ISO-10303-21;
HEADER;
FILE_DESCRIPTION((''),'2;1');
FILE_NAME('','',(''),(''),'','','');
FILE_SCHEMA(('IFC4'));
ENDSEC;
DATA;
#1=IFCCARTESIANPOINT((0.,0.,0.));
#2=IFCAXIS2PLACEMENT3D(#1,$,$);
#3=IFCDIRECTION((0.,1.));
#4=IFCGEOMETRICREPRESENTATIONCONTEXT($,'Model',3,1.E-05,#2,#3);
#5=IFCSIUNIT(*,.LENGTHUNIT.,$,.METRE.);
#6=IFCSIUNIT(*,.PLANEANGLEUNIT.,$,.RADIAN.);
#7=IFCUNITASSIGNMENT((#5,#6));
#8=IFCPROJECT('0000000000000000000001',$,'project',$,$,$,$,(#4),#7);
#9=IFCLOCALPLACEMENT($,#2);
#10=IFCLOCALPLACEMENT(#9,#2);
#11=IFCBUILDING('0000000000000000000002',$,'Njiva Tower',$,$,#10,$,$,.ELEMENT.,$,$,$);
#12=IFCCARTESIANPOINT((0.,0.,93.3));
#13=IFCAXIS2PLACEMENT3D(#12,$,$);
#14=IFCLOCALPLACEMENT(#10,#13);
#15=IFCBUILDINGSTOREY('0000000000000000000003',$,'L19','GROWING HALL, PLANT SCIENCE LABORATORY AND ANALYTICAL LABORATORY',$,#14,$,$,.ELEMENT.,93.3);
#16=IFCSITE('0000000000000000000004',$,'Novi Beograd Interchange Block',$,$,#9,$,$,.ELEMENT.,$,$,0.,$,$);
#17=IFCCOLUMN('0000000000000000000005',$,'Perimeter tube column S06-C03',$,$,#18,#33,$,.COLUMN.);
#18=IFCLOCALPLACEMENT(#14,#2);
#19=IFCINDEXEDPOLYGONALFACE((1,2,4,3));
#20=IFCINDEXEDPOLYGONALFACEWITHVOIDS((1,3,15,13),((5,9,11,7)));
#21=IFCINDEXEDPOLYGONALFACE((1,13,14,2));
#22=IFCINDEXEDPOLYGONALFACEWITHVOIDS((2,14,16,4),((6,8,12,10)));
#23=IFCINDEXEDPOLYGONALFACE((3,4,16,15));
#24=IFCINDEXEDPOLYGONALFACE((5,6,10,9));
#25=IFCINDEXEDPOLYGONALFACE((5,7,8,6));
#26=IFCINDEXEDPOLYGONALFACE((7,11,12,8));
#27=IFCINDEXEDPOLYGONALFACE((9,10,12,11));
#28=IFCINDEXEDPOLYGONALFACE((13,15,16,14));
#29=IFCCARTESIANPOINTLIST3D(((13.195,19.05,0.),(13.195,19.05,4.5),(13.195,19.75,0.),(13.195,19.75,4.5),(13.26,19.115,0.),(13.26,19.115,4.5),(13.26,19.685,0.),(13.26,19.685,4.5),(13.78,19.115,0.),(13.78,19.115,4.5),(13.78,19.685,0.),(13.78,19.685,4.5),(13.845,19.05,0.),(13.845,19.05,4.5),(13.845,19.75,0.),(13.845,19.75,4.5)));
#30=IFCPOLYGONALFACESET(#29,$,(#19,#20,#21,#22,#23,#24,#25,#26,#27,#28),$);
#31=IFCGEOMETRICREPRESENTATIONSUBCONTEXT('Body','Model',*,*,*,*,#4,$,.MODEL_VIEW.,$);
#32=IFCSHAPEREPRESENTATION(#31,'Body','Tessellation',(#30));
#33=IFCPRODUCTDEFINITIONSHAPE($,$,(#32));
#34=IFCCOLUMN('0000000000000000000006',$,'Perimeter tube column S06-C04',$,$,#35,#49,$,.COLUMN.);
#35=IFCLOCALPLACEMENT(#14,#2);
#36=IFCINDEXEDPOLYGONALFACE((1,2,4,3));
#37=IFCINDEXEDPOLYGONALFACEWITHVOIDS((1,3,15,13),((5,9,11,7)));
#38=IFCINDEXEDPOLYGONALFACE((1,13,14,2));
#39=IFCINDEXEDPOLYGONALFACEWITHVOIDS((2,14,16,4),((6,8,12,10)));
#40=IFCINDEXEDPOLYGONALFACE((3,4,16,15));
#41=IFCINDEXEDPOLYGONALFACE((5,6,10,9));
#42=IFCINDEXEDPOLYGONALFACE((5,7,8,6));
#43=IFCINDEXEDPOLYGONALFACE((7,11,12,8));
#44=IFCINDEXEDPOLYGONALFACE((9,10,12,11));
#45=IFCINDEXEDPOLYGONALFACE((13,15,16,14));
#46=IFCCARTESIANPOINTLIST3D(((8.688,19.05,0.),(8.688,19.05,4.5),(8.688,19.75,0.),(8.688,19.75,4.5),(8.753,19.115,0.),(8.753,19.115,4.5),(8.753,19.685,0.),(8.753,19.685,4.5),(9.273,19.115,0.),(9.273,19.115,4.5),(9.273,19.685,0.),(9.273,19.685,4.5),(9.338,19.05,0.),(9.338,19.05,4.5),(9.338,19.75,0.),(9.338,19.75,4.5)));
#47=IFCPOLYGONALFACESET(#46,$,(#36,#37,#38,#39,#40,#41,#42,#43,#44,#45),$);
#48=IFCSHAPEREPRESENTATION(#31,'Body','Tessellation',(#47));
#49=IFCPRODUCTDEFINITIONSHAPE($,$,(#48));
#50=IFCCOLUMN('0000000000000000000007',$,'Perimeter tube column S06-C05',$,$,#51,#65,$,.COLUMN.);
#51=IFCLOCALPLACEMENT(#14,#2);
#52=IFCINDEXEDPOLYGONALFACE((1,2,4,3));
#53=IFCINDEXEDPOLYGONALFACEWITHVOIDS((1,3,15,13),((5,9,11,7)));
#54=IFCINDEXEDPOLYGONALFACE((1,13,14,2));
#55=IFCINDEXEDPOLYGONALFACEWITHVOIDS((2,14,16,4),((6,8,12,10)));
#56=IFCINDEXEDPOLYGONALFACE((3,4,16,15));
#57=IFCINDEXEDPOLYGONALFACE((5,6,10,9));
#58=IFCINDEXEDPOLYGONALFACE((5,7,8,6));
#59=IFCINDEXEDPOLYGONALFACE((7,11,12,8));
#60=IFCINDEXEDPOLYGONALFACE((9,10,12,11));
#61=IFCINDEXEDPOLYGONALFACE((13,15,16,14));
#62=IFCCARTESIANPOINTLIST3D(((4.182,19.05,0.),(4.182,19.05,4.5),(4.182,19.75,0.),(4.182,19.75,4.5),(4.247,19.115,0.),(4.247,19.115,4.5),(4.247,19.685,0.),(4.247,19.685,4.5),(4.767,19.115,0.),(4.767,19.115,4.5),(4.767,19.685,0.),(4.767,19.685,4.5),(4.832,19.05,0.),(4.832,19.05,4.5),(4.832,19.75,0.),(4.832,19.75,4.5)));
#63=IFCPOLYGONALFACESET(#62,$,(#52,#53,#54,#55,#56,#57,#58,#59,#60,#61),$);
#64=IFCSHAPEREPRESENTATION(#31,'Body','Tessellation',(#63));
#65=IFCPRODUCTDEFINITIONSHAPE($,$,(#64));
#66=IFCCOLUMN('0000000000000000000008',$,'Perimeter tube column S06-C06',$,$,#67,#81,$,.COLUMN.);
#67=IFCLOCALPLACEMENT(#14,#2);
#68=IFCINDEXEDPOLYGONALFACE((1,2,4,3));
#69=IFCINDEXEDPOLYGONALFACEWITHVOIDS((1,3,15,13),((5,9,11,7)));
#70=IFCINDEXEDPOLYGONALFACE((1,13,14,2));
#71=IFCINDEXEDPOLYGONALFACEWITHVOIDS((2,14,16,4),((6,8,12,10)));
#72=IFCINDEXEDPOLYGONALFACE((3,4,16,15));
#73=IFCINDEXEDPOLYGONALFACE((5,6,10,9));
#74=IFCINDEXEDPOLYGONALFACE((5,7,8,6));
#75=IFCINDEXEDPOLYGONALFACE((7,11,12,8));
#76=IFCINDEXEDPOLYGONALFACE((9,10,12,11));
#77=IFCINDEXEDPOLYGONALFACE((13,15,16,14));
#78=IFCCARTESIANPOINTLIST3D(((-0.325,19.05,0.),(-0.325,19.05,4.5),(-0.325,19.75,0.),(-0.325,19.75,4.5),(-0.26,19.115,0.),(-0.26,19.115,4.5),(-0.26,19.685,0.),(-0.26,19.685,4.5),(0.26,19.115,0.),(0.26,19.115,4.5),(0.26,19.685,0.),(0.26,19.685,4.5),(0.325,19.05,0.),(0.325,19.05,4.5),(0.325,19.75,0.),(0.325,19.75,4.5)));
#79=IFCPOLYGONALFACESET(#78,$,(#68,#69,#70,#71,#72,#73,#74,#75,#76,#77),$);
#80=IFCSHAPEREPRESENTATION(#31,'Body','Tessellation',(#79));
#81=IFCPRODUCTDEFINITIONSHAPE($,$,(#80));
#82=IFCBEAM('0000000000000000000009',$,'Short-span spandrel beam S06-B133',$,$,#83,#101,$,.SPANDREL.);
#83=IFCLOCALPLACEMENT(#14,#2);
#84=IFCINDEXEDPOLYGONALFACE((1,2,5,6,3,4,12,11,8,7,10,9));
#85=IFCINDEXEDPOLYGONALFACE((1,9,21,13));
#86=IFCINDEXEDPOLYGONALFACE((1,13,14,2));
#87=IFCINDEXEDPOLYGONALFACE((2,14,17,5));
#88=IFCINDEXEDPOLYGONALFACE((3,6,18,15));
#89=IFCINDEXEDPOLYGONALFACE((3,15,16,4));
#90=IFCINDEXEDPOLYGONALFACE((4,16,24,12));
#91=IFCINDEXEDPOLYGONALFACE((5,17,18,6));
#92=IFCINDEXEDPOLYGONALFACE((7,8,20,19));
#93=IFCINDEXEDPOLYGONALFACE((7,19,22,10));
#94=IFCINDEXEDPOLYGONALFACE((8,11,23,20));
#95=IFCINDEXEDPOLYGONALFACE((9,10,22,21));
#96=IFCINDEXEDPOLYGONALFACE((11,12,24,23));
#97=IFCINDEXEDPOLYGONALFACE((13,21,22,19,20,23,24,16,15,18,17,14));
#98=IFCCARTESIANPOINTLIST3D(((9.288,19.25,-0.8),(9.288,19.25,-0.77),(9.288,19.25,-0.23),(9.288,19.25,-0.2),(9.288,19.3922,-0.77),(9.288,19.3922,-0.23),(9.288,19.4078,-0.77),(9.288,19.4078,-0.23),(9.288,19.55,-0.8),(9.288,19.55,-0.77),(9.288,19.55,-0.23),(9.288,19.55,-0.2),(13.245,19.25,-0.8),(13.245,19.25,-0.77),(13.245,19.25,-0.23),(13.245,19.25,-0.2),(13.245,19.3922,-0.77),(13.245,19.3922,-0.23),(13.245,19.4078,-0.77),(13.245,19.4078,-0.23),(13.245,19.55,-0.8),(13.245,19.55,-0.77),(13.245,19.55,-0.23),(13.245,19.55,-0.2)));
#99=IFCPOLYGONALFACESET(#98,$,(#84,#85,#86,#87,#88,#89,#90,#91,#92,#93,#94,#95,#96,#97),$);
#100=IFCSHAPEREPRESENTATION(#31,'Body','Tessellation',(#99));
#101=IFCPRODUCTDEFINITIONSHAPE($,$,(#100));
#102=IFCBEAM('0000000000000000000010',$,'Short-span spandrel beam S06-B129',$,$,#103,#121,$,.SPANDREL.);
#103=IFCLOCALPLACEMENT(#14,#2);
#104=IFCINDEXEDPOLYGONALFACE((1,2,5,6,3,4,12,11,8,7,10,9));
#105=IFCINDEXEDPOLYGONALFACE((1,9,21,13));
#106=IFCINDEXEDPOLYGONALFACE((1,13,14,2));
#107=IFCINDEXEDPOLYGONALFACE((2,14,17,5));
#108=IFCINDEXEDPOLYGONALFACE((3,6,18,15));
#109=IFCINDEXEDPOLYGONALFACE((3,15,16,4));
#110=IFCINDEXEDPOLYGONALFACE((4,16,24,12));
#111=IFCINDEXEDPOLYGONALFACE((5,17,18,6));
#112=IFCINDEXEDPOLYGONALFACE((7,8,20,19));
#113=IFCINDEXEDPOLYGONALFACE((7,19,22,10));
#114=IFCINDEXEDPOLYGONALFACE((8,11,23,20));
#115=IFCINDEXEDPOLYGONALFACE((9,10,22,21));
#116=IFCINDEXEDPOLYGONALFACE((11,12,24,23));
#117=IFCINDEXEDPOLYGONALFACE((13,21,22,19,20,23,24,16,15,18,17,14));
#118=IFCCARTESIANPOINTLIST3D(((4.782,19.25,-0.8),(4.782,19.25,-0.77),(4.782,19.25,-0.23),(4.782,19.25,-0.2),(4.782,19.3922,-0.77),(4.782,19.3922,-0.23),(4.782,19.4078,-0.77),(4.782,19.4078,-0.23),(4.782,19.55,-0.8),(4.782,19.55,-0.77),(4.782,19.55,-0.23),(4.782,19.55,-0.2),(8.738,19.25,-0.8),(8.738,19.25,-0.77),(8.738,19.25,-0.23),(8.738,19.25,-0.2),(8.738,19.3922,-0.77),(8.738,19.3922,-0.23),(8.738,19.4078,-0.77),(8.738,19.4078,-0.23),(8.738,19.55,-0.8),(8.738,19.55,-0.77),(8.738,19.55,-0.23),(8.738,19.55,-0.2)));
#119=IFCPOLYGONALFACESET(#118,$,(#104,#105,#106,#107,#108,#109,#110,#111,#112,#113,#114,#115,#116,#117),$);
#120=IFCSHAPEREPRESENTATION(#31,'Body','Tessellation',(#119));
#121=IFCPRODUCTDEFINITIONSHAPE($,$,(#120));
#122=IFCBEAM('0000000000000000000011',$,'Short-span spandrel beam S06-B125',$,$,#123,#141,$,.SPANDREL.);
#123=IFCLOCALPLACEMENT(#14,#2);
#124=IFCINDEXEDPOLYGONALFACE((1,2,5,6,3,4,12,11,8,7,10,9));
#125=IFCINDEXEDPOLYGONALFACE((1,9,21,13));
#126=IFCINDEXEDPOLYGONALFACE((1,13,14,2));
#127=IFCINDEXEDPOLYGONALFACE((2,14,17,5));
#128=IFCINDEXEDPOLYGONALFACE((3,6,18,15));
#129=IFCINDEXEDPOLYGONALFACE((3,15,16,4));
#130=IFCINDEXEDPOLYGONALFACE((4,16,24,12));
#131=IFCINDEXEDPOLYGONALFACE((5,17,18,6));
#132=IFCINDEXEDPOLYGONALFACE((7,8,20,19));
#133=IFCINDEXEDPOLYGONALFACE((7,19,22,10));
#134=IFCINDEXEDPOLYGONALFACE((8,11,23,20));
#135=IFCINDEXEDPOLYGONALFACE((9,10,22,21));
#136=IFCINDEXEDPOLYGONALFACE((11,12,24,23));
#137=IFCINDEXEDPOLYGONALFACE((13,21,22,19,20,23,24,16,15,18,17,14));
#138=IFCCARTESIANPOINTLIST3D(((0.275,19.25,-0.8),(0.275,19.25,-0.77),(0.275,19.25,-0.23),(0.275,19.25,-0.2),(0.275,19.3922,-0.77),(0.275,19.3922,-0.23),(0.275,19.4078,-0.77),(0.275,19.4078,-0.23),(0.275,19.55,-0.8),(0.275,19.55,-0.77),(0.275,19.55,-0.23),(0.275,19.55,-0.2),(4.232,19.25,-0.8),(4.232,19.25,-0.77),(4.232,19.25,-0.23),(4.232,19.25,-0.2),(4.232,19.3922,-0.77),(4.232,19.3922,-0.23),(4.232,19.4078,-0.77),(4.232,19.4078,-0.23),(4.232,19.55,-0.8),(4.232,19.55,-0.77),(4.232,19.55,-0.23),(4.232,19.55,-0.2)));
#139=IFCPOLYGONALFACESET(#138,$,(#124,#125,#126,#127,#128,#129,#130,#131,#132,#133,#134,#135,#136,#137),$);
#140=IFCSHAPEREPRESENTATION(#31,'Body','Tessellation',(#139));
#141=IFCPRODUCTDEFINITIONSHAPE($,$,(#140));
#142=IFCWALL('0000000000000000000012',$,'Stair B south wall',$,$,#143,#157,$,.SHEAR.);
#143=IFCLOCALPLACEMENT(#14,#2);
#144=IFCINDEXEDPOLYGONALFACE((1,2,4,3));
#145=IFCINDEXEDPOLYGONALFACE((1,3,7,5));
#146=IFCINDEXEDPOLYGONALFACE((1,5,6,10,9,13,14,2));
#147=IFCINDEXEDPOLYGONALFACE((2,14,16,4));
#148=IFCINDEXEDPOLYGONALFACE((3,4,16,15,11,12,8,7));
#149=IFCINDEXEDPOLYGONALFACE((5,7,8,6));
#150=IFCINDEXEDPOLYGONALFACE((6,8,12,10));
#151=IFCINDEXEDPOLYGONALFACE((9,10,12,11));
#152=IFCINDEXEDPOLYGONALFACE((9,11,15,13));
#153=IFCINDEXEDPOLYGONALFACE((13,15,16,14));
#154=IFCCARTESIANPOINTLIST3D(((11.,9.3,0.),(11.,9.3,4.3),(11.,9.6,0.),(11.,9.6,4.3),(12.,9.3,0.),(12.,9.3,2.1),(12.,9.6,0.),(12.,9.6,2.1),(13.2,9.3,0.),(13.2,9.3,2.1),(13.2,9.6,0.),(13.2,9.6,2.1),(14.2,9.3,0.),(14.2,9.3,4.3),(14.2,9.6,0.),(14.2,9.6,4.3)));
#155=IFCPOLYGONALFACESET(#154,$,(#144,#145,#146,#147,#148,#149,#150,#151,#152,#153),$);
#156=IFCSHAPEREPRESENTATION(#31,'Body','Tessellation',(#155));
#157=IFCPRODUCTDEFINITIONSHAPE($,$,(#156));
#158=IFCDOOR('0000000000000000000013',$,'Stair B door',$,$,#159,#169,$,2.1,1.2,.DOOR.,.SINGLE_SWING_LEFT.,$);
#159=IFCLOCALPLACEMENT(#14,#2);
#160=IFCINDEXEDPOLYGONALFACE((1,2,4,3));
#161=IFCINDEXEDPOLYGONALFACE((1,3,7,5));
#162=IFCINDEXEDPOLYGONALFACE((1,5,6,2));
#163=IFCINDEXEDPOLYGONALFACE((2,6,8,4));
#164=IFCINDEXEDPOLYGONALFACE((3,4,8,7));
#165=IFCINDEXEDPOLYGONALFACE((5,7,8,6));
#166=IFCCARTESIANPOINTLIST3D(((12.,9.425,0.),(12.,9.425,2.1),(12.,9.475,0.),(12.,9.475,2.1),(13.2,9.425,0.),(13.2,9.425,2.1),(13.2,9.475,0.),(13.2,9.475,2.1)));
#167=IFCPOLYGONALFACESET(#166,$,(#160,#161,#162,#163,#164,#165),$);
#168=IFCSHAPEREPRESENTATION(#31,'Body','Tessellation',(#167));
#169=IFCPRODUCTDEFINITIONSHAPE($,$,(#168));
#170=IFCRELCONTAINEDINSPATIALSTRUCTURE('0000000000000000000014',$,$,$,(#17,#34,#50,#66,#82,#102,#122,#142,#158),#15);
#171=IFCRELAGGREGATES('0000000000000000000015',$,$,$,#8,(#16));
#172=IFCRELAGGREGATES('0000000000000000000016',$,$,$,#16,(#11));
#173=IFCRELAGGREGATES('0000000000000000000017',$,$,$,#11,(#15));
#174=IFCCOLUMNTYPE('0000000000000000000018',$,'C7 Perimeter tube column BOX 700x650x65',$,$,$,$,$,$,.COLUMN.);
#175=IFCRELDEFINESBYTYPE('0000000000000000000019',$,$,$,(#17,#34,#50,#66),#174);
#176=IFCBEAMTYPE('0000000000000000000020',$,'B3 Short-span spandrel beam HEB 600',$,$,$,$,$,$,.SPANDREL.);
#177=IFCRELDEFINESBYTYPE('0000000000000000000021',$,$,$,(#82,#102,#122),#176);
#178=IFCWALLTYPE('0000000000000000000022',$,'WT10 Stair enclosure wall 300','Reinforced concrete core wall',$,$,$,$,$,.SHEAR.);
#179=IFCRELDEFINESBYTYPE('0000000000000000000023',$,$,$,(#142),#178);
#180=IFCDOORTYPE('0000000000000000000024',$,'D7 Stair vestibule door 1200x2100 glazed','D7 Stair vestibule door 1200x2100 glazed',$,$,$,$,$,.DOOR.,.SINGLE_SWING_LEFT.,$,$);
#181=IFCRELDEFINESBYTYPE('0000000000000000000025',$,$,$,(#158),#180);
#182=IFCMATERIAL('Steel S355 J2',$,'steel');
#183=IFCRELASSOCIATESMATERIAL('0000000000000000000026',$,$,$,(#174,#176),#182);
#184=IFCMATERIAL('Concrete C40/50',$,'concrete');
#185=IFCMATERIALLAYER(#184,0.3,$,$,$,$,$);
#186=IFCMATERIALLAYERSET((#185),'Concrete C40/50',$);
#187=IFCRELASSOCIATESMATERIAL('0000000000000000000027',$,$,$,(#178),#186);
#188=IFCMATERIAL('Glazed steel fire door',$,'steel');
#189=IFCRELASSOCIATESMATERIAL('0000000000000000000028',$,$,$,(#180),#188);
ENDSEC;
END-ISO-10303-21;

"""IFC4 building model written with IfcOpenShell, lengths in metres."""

from ifc_helpers import new_model, si_unit, direction, frame, frame_2d, origin, origin_2d, place, context, subcontext, project, spatial, rectangle, hollow_rectangle, i_section, extrude, material, layer, layer_set, material_profile, profile_set, type_object, element, fill, save


model = new_model("IFC4")

# Units and contexts
model_context = context("Model", 3, precision=1e-05, world=origin(), true_north=direction((0.0, 1.0)))
body_context = subcontext(model_context, "Body", "Model", "MODEL_VIEW")
ifc_project = project(units=[si_unit("LENGTHUNIT", "METRE"), si_unit("PLANEANGLEUNIT", "RADIAN")], contexts=[model_context])

# Site, building, storey
site_placement = place(None, origin())
site = spatial("IfcSite", under=ifc_project, at=site_placement, Name="Novi Beograd Interchange Block", CompositionType="ELEMENT", RefElevation=0.0)
building_placement = place(site_placement, origin())
building = spatial("IfcBuilding", under=site, at=building_placement, Name="Njiva Tower", CompositionType="ELEMENT")
storey_placement = place(building_placement, frame((0.0, 0.0, 93.3)))
storey = spatial("IfcBuildingStorey", under=building, at=storey_placement, Name="L19", Description="GROWING HALL, PLANT SCIENCE LABORATORY AND ANALYTICAL LABORATORY", CompositionType="ELEMENT", Elevation=93.3)

# Columns
ifc_material_1 = material(Name="Steel S355 J2", Category="steel")
ifc_material_profile_1 = material_profile(ifc_material_1, hollow_rectangle(XDim=0.65, YDim=0.7, WallThickness=0.065, at=origin_2d()), Name="BOX 700x650x65")
ifc_profile_set_1 = profile_set([ifc_material_profile_1], Name="Steel S355 J2")
column_type = type_object("IfcColumnType", Name="C7 Perimeter tube column BOX 700x650x65", PredefinedType="COLUMN", material=ifc_profile_set_1)
for number, where, z_axis, x_axis, name in (
    (1, (13.52, 19.4, 0.0), (0.0, 0.0, 1.0), (-1.0, 0.0, 0.0), "Perimeter tube column S06-C03"),
    (2, (9.013, 19.4, 0.0), (0.0, 0.0, 1.0), (-1.0, 0.0, 0.0), "Perimeter tube column S06-C04"),
    (3, (4.507, 19.4, 0.0), (0.0, 0.0, 1.0), (-1.0, 0.0, 0.0), "Perimeter tube column S06-C05"),
    (4, (0.0, 19.4, 0.0), (0.0, 0.0, 1.0), (-1.0, 0.0, 0.0), "Perimeter tube column S06-C06"),
):
    element("IfcColumn", number, at=place(storey_placement, frame(where, z_axis=z_axis, x_axis=x_axis)), inside=storey, type_object=column_type, Name=name, PredefinedType="COLUMN", context=body_context, shape_type="SweptSolid", body=[
        extrude(hollow_rectangle(XDim=0.65, YDim=0.7, WallThickness=0.065, at=origin_2d()), origin(), (0.0, 0.0, 1.0), 4.5),
    ])

# Beams
ifc_material_profile_2 = material_profile(ifc_material_1, i_section(OverallWidth=0.3, OverallDepth=0.6, WebThickness=0.0155, FlangeThickness=0.03, at=origin_2d()), Name="HEB 600")
ifc_profile_set_2 = profile_set([ifc_material_profile_2], Name="Steel S355 J2")
beam_type = type_object("IfcBeamType", Name="B3 Short-span spandrel beam HEB 600", PredefinedType="SPANDREL", material=ifc_profile_set_2)
beam_1_placement = place(storey_placement, frame((13.245, 19.4, -0.5), z_axis=(-1.0, 0.0, 0.0), x_axis=(0.0, -1.0, 0.0)))
element("IfcBeam", 5, at=beam_1_placement, inside=storey, type_object=beam_type, Name="Short-span spandrel beam S06-B133", PredefinedType="SPANDREL", context=body_context, shape_type="SweptSolid", body=[
    extrude(i_section(OverallWidth=0.3, OverallDepth=0.6, WebThickness=0.0155, FlangeThickness=0.03, at=origin_2d()), origin(), (0.0, 0.0, 1.0), 3.957),
])
beam_2_placement = place(storey_placement, frame((8.738, 19.4, -0.5), z_axis=(-1.0, 0.0, 0.0), x_axis=(0.0, -1.0, 0.0)))
element("IfcBeam", 6, at=beam_2_placement, inside=storey, type_object=beam_type, Name="Short-span spandrel beam S06-B129", PredefinedType="SPANDREL", context=body_context, shape_type="SweptSolid", body=[
    extrude(i_section(OverallWidth=0.3, OverallDepth=0.6, WebThickness=0.0155, FlangeThickness=0.03, at=origin_2d()), origin(), (0.0, 0.0, 1.0), 3.956),
])
beam_3_placement = place(storey_placement, frame((4.232, 19.4, -0.5), z_axis=(-1.0, 0.0, 0.0), x_axis=(0.0, -1.0, 0.0)))
element("IfcBeam", 7, at=beam_3_placement, inside=storey, type_object=beam_type, Name="Short-span spandrel beam S06-B125", PredefinedType="SPANDREL", context=body_context, shape_type="SweptSolid", body=[
    extrude(i_section(OverallWidth=0.3, OverallDepth=0.6, WebThickness=0.0155, FlangeThickness=0.03, at=origin_2d()), origin(), (0.0, 0.0, 1.0), 3.957),
])

# Wall, opening, door
ifc_material_2 = material(Name="Concrete C40/50", Category="concrete")
ifc_layer_1 = layer(ifc_material_2, 0.3)
ifc_layer_set_1 = layer_set([ifc_layer_1], Name="Concrete C40/50")
wall_type_1 = type_object("IfcWallType", Name="WT10 Stair enclosure wall 300", Description="Reinforced concrete core wall", PredefinedType="SHEAR", material=ifc_layer_set_1)
wall_1_placement = place(storey_placement, frame((11.0, 9.45, 0.0), z_axis=(0.0, 0.0, 1.0), x_axis=(1.0, 0.0, 0.0)))
wall_1 = element("IfcWall", 8, at=wall_1_placement, inside=storey, type_object=wall_type_1, Name="Stair B south wall", PredefinedType="SHEAR", context=body_context, shape_type="SweptSolid", body=[
    extrude(rectangle(XDim=3.2, YDim=0.3, at=frame_2d((1.6, 0.0))), origin(), (0.0, 0.0, 1.0), 4.3),
])
opening_1_placement = place(wall_1_placement, frame((1.0, 0.0, 0.0)))
opening_1 = element("IfcOpeningElement", 9, at=opening_1_placement, cuts=wall_1, PredefinedType="OPENING", context=body_context, shape_type="SweptSolid", body=[
    extrude(rectangle(XDim=1.2, YDim=2.1, at=frame_2d((0.6, 1.05))), frame((0.0, 0.16, 0.0), z_axis=(0.0, -1.0, 0.0), x_axis=(1.0, 0.0, 0.0)), (0.0, 0.0, 1.0), 0.32),
])
ifc_material_3 = material(Name="Glazed steel fire door", Category="steel")
door_type_1 = type_object("IfcDoorType", Name="D7 Stair vestibule door 1200x2100 glazed", Description="D7 Stair vestibule door 1200x2100 glazed", OperationType="SINGLE_SWING_LEFT", PredefinedType="DOOR", material=ifc_material_3)
door_1_placement = place(opening_1_placement, origin())
door_1 = element("IfcDoor", 10, at=door_1_placement, inside=storey, type_object=door_type_1, Name="Stair B door", OperationType="SINGLE_SWING_LEFT", OverallHeight=2.1, OverallWidth=1.2, PredefinedType="DOOR", context=body_context, shape_type="SweptSolid", body=[
    extrude(rectangle(XDim=1.2, YDim=2.1, at=frame_2d((0.6, 1.05))), frame((0.0, 0.025, 0.0), z_axis=(0.0, -1.0, 0.0), x_axis=(1.0, 0.0, 0.0)), (0.0, 0.0, 1.0), 0.05),
])
fill(opening_1, door_1)

save(model, "model.ifc")
